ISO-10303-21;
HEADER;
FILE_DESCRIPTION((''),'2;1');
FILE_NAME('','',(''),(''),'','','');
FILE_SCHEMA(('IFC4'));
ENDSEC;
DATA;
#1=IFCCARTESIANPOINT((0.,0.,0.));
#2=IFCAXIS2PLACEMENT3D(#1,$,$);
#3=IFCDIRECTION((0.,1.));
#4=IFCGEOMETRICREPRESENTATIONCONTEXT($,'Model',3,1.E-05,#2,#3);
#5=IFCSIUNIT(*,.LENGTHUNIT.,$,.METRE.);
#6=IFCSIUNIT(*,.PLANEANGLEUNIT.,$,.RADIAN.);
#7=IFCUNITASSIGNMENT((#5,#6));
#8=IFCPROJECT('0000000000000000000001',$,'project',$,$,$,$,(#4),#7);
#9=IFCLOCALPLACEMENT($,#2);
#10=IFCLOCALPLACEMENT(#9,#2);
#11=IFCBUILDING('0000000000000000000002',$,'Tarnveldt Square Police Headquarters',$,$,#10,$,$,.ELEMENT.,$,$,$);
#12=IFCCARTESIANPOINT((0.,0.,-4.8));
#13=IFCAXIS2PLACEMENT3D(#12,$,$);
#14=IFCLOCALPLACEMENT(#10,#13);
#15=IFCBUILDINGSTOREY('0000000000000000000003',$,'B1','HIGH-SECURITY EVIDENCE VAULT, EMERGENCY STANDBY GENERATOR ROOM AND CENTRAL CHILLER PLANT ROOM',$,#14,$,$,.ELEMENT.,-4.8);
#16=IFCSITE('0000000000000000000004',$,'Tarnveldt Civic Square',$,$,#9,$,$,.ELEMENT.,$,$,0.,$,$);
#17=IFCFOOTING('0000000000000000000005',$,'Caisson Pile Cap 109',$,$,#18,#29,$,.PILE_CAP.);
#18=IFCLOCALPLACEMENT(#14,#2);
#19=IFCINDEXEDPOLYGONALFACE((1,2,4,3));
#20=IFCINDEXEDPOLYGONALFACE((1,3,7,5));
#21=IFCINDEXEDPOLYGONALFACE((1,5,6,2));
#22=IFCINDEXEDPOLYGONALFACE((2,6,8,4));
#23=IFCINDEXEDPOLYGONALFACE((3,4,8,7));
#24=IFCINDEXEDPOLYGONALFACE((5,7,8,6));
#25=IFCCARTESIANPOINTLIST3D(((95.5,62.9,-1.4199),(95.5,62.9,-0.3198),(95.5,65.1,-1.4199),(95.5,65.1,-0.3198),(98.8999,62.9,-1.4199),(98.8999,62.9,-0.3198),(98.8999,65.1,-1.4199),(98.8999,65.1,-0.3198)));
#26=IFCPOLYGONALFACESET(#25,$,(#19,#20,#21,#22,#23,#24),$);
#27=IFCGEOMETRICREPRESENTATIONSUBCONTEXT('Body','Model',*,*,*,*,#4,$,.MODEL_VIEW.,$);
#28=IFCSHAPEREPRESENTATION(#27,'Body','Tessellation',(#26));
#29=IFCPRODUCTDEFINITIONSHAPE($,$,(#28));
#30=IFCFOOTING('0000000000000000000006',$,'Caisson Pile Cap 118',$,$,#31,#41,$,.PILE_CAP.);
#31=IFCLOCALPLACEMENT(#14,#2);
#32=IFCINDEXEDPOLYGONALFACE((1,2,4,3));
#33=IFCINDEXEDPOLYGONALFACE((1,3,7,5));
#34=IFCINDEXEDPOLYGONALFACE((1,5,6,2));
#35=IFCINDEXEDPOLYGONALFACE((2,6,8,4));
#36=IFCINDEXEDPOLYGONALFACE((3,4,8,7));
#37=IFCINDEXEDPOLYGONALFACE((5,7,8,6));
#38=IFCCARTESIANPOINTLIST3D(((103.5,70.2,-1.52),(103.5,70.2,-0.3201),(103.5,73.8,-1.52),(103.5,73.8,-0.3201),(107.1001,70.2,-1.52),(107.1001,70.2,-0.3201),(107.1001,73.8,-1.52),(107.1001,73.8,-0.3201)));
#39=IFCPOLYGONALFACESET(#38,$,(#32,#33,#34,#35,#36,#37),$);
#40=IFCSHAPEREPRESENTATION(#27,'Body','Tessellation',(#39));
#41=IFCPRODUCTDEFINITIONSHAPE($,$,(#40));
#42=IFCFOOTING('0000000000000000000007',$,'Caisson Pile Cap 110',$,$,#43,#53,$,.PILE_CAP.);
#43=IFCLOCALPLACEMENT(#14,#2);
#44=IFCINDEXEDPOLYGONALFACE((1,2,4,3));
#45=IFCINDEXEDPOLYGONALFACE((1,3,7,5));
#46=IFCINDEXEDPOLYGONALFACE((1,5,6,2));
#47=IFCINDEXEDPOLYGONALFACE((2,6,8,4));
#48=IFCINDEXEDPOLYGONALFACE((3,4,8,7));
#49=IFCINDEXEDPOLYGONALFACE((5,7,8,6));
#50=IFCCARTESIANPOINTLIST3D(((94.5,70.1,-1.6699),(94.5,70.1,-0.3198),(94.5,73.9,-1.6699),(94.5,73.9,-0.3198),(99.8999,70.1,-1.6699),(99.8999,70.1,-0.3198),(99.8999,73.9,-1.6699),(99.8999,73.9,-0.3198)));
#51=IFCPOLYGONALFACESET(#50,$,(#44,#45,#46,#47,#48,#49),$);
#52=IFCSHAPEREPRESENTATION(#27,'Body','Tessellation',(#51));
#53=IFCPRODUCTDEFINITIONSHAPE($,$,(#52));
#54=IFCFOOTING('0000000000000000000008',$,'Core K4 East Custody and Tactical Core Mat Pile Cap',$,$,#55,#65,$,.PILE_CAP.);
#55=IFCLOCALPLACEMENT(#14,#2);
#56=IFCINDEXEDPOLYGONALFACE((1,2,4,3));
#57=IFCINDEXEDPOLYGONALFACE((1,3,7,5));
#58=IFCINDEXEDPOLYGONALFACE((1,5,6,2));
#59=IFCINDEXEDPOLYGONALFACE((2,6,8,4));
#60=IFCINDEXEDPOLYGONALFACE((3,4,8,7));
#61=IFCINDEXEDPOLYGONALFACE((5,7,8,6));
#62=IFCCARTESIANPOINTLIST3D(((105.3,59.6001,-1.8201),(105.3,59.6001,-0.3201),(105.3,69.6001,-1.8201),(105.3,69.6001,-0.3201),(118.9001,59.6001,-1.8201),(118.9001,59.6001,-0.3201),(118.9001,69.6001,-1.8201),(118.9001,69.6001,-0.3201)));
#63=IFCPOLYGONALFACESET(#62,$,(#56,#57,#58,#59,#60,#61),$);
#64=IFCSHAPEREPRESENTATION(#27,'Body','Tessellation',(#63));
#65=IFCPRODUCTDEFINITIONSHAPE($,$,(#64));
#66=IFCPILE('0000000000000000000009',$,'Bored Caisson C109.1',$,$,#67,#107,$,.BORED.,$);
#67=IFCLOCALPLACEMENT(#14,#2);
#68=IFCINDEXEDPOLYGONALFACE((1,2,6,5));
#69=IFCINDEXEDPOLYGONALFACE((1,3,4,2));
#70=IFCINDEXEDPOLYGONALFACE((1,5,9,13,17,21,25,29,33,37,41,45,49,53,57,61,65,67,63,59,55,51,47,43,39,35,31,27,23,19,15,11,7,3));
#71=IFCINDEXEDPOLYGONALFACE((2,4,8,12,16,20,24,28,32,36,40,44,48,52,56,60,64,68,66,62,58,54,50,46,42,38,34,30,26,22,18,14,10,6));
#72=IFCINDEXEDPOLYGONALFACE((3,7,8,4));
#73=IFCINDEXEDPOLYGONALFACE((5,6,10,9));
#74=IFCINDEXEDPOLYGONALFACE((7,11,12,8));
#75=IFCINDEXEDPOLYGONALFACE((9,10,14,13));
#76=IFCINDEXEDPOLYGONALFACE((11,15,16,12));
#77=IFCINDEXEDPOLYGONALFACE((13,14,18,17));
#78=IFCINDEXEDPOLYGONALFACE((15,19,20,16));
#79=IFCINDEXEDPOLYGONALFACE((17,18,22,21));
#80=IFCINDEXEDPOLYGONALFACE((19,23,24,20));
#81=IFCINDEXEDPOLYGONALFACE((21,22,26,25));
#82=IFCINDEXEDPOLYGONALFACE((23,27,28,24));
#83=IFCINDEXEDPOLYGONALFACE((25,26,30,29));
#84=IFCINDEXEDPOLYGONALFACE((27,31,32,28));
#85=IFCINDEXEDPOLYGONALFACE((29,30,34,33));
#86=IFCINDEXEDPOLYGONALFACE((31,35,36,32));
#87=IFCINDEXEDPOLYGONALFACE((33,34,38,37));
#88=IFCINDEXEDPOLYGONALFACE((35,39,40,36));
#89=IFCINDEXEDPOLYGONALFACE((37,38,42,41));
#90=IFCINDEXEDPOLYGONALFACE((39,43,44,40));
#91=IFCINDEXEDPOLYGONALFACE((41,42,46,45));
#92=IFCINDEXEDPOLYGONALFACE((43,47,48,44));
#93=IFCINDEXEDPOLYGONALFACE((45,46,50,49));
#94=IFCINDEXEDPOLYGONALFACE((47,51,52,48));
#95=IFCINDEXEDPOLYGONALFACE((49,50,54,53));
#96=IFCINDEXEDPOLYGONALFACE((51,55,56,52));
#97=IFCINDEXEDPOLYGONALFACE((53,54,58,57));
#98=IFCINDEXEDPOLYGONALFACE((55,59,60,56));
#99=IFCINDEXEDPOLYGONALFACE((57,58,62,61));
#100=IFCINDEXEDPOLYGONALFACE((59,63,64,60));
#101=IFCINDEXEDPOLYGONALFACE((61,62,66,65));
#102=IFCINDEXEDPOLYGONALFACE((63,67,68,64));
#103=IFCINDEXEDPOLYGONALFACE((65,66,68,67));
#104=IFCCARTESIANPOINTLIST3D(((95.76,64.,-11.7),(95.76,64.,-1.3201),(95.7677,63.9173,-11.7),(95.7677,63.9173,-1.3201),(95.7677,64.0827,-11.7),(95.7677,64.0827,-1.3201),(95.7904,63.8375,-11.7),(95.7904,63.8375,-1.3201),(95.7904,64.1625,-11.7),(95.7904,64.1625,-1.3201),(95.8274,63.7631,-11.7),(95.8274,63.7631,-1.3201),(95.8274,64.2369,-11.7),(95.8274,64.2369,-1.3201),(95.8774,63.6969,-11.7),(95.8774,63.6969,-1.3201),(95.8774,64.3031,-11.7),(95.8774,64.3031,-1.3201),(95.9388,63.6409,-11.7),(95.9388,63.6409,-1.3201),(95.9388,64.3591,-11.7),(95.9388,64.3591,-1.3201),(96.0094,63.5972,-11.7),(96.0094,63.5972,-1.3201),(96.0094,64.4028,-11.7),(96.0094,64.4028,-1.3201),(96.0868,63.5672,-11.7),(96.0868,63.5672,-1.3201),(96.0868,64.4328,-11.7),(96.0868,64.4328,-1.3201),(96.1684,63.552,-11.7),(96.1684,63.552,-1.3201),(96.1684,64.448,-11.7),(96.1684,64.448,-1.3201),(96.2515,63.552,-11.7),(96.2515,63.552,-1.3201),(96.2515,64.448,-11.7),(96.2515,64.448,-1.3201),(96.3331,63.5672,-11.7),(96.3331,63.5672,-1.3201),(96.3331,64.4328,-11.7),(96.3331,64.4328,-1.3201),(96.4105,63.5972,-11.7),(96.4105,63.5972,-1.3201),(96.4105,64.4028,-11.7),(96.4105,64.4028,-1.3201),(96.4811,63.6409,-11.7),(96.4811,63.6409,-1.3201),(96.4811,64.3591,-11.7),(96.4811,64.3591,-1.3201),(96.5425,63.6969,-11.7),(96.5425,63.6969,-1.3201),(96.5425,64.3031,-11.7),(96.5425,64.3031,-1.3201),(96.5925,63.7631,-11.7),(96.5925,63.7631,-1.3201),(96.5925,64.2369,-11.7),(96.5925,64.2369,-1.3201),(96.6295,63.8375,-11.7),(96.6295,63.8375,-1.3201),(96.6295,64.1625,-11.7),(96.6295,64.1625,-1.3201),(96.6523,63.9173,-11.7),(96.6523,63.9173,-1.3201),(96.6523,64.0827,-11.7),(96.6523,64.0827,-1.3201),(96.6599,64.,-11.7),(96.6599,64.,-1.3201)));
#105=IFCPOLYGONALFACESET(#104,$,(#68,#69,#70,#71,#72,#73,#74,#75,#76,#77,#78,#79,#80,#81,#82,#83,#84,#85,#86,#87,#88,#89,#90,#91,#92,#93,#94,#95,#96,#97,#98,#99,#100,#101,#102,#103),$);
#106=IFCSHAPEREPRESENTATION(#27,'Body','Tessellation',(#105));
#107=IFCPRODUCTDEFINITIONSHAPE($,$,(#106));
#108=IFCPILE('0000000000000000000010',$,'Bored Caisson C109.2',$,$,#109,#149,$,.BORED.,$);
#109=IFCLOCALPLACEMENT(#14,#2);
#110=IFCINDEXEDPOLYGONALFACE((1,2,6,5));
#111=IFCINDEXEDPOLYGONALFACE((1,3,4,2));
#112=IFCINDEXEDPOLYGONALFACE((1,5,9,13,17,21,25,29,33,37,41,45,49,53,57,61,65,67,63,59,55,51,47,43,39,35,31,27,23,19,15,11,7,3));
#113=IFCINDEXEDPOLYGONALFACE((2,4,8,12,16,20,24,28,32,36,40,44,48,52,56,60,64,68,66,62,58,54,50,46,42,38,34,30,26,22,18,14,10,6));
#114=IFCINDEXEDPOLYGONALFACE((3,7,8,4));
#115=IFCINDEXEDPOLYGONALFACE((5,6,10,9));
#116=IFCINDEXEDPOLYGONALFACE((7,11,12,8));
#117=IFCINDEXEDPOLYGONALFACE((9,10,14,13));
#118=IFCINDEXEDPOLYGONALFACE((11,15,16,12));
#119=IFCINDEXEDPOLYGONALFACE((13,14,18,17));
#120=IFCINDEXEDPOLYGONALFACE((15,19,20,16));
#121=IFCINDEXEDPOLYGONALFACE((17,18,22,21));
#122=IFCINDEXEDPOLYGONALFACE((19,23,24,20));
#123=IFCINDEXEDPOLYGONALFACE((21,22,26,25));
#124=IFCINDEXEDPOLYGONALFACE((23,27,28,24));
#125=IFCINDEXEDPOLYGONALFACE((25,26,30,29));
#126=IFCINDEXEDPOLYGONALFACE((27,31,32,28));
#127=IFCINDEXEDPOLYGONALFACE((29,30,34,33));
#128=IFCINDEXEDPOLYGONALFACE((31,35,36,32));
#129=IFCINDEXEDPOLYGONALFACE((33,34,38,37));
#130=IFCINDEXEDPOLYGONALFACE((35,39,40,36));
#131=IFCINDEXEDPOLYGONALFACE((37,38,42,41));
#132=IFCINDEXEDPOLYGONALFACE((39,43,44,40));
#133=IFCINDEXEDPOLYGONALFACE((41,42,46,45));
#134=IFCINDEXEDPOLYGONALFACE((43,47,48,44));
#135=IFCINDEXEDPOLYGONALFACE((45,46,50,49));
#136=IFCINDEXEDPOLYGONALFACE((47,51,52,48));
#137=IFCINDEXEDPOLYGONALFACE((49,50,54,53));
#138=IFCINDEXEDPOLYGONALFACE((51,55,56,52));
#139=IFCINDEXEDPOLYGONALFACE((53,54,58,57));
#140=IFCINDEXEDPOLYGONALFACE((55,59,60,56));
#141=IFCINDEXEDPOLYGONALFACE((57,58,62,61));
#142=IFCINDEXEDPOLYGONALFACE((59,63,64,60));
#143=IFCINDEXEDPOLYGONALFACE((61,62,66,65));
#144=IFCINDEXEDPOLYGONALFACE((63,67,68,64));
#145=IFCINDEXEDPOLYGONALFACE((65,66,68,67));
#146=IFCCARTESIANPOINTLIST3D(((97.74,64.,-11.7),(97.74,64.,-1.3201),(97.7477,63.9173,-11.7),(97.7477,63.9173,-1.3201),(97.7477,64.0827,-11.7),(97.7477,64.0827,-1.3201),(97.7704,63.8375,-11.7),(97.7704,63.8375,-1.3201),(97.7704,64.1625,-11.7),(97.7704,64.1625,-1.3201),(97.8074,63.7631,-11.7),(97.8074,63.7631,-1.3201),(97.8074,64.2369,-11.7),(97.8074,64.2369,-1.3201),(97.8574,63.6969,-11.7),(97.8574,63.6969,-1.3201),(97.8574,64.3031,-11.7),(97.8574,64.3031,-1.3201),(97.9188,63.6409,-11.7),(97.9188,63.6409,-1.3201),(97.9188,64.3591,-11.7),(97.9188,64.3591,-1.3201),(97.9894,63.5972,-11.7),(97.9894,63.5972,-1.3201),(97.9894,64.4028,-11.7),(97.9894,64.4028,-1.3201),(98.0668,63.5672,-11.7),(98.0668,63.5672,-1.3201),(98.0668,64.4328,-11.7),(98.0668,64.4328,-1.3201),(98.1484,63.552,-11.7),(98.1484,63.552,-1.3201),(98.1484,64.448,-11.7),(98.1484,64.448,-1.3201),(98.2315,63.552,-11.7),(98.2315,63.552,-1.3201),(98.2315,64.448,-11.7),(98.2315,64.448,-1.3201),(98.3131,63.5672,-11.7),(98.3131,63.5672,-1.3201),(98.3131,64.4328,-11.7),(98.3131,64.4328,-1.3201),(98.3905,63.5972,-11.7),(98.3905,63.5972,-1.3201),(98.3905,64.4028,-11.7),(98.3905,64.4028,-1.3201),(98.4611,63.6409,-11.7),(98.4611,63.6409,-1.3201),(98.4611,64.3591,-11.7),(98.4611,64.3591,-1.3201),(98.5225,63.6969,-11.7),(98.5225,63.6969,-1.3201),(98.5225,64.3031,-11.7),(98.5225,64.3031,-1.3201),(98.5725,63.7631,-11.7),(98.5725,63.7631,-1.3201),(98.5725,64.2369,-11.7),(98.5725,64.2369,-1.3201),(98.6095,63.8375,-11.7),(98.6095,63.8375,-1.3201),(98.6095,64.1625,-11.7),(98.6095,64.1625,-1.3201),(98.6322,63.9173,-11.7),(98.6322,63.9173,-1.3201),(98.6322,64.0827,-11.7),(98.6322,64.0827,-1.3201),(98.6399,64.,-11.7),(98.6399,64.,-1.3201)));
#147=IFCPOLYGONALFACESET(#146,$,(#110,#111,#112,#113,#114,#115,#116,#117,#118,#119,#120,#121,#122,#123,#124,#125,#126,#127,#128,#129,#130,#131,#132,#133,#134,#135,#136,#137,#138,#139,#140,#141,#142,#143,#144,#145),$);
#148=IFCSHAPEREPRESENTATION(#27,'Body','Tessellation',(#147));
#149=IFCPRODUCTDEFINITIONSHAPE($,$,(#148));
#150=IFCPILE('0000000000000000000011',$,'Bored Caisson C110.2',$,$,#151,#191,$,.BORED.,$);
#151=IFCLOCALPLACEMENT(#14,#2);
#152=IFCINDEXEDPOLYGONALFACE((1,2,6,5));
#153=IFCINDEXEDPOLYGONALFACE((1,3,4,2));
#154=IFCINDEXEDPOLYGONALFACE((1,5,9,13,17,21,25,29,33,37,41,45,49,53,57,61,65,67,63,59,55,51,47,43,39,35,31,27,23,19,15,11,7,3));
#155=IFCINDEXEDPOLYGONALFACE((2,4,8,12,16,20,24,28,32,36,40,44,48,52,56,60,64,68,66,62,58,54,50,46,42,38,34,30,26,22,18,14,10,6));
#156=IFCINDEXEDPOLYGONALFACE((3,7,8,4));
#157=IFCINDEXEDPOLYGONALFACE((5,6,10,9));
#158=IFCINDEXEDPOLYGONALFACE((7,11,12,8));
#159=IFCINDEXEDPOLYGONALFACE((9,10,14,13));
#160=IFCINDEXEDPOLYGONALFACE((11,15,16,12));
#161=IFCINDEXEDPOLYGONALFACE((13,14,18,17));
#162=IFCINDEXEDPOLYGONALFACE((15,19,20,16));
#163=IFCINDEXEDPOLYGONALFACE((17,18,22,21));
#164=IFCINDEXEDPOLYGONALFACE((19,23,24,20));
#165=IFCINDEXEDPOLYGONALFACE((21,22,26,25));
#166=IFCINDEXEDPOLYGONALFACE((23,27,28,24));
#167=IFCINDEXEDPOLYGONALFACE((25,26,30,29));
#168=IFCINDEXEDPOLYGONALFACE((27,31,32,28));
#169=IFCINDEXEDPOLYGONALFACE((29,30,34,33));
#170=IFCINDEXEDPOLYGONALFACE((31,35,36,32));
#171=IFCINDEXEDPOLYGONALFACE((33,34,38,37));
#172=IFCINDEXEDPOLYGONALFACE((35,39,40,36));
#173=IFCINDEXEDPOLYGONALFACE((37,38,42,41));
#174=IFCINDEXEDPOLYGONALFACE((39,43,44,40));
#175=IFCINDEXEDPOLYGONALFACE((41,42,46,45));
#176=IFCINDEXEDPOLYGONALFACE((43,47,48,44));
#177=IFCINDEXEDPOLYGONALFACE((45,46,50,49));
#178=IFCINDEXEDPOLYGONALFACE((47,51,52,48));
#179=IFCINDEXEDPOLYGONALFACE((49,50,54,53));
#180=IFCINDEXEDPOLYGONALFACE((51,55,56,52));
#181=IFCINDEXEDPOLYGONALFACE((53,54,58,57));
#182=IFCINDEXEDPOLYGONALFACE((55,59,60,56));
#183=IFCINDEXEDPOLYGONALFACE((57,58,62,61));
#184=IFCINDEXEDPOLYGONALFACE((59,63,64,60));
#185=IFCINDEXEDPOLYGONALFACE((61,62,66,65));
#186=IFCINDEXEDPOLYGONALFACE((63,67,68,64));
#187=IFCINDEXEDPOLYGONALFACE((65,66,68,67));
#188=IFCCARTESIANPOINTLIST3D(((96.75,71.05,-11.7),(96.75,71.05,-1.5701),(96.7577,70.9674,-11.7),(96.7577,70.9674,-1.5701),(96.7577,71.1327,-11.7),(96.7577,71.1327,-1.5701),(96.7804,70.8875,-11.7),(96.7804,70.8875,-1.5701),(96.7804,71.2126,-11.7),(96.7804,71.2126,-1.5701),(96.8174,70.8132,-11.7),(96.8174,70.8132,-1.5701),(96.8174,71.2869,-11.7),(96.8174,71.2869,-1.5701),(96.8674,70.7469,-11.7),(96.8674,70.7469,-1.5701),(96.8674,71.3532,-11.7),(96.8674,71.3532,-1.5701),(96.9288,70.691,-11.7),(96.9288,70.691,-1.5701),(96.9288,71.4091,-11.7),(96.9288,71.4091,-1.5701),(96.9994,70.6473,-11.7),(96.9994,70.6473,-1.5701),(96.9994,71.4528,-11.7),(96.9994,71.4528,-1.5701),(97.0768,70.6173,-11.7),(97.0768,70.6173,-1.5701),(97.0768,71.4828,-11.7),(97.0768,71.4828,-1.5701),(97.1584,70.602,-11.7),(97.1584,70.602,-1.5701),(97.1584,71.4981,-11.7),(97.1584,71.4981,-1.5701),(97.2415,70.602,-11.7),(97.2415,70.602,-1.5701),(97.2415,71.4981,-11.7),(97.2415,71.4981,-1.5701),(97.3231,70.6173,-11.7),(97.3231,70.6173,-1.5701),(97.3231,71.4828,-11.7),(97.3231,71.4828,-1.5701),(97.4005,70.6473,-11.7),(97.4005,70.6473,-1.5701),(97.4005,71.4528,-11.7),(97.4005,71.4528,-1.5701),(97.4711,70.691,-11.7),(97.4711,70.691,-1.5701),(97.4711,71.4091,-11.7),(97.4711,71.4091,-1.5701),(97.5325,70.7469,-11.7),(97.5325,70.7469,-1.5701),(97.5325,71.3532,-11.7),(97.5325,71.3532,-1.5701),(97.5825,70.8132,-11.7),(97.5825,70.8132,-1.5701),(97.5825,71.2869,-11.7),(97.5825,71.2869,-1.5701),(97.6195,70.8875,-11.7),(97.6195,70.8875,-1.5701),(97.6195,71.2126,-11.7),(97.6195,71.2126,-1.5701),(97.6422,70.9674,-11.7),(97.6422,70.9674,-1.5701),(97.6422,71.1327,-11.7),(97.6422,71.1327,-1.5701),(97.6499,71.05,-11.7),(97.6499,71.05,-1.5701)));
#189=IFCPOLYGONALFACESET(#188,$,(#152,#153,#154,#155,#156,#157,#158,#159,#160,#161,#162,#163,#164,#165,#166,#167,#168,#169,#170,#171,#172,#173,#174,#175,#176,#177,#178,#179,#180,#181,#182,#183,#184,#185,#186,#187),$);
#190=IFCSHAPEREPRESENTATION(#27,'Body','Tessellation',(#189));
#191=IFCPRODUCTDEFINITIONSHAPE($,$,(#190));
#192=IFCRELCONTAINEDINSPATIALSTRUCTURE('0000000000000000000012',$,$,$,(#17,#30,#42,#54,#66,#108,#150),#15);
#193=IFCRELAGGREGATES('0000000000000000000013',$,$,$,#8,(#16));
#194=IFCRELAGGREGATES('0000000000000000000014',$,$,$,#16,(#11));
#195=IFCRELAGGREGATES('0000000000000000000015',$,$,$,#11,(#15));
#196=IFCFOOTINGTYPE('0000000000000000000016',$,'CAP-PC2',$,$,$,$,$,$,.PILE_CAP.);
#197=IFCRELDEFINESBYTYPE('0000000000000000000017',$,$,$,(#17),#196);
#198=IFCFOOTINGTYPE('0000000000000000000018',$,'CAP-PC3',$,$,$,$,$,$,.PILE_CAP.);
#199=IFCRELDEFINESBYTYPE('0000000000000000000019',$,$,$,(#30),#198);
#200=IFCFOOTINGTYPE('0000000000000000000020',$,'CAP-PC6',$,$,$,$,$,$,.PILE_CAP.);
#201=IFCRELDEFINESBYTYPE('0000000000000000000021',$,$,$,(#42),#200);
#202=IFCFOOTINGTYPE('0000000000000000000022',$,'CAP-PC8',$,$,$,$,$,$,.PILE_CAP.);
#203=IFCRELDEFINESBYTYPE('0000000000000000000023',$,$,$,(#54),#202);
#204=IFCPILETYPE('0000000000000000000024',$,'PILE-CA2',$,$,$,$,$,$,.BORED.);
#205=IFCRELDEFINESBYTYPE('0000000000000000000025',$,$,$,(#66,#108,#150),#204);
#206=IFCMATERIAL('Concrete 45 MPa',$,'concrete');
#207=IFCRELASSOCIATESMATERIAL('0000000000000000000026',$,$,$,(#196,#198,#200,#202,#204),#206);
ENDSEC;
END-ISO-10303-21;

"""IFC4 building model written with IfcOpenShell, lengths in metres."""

from ifc_helpers import new_model, si_unit, direction, frame, origin, origin_2d, place, context, subcontext, project, spatial, rectangle, circle, extrude, material, material_profile, profile_set, type_object, element, save


model = new_model("IFC4")

# Units and contexts
model_context = context("Model", 3, precision=1e-05, world=origin(), true_north=direction((0.0, 1.0)))
body_context = subcontext(model_context, "Body", "Model", "MODEL_VIEW")
ifc_project = project(units=[si_unit("LENGTHUNIT", "METRE"), si_unit("PLANEANGLEUNIT", "RADIAN")], contexts=[model_context])

# Site, building, storey
site_placement = place(None, origin())
site = spatial("IfcSite", under=ifc_project, at=site_placement, Name="Tarnveldt Civic Square", CompositionType="ELEMENT", RefElevation=0.0)
building_placement = place(site_placement, origin())
building = spatial("IfcBuilding", under=site, at=building_placement, Name="Tarnveldt Square Police Headquarters", CompositionType="ELEMENT")
storey_placement = place(building_placement, frame((0.0, 0.0, -4.8)))
storey = spatial("IfcBuildingStorey", under=building, at=storey_placement, Name="B1", Description="HIGH-SECURITY EVIDENCE VAULT, EMERGENCY STANDBY GENERATOR ROOM AND CENTRAL CHILLER PLANT ROOM", CompositionType="ELEMENT", Elevation=-4.8)

# Footings
ifc_material_1 = material(Name="Concrete 45 MPa", Category="concrete")
footing_type_1 = type_object("IfcFootingType", Name="CAP-PC2", PredefinedType="PILE_CAP", material=ifc_material_1)
footing_1_placement = place(storey_placement, frame((97.2, 64.0, -1.4199), z_axis=(0.0, 0.0, 1.0), x_axis=(1.0, 0.0, 0.0)))
element("IfcFooting", 1, at=footing_1_placement, inside=storey, type_object=footing_type_1, Name="Caisson Pile Cap 109", PredefinedType="PILE_CAP", context=body_context, shape_type="SweptSolid", body=[
    extrude(rectangle(XDim=3.3999, YDim=2.2, at=origin_2d()), origin(), (0.0, 0.0, 1.0), 1.1001),
])
footing_type_2 = type_object("IfcFootingType", Name="CAP-PC3", PredefinedType="PILE_CAP", material=ifc_material_1)
footing_2_placement = place(storey_placement, frame((105.3, 72.0, -1.52), z_axis=(0.0, 0.0, 1.0), x_axis=(1.0, 0.0, 0.0)))
element("IfcFooting", 2, at=footing_2_placement, inside=storey, type_object=footing_type_2, Name="Caisson Pile Cap 118", PredefinedType="PILE_CAP", context=body_context, shape_type="SweptSolid", body=[
    extrude(rectangle(XDim=3.6001, YDim=3.6001, at=origin_2d()), origin(), (0.0, 0.0, 1.0), 1.2),
])
footing_type_3 = type_object("IfcFootingType", Name="CAP-PC6", PredefinedType="PILE_CAP", material=ifc_material_1)
footing_3_placement = place(storey_placement, frame((97.2, 72.0, -1.6699), z_axis=(0.0, 0.0, 1.0), x_axis=(1.0, 0.0, 0.0)))
element("IfcFooting", 3, at=footing_3_placement, inside=storey, type_object=footing_type_3, Name="Caisson Pile Cap 110", PredefinedType="PILE_CAP", context=body_context, shape_type="SweptSolid", body=[
    extrude(rectangle(XDim=5.3999, YDim=3.8, at=origin_2d()), origin(), (0.0, 0.0, 1.0), 1.3501),
])
footing_type_4 = type_object("IfcFootingType", Name="CAP-PC8", PredefinedType="PILE_CAP", material=ifc_material_1)
footing_4_placement = place(storey_placement, frame((112.1001, 64.6001, -1.8201), z_axis=(0.0, 0.0, 1.0), x_axis=(1.0, 0.0, 0.0)))
element("IfcFooting", 4, at=footing_4_placement, inside=storey, type_object=footing_type_4, Name="Core K4 East Custody and Tactical Core Mat Pile Cap", PredefinedType="PILE_CAP", context=body_context, shape_type="SweptSolid", body=[
    extrude(rectangle(XDim=13.6001, YDim=10.0, at=origin_2d()), origin(), (0.0, 0.0, 1.0), 1.5),
])

# Piles
ifc_material_profile_1 = material_profile(ifc_material_1, circle(Radius=0.45, at=origin_2d()), Name="CAISSON-D900")
ifc_profile_set_1 = profile_set([ifc_material_profile_1], Name="Concrete 45 MPa")
pile_type_1 = type_object("IfcPileType", Name="PILE-CA2", PredefinedType="BORED", material=ifc_profile_set_1)
for number, where, z_axis, x_axis, name in (
    (5, (96.21, 64.0, -1.3201), (0.0, 0.0, -1.0), (1.0, 0.0, 0.0), "Bored Caisson C109.1"),
    (6, (98.1899, 64.0, -1.3201), (0.0, 0.0, -1.0), (1.0, 0.0, 0.0), "Bored Caisson C109.2"),
):
    element("IfcPile", number, at=place(storey_placement, frame(where, z_axis=z_axis, x_axis=x_axis)), inside=storey, type_object=pile_type_1, Name=name, PredefinedType="BORED", context=body_context, shape_type="SweptSolid", body=[
        extrude(circle(Radius=0.45, at=origin_2d()), origin(), (0.0, 0.0, 1.0), 10.3799),
    ])
for number, where, z_axis, x_axis, name in (
    (7, (97.2, 71.05, -1.5701), (0.0, 0.0, -1.0), (1.0, 0.0, 0.0), "Bored Caisson C110.2"),
):
    element("IfcPile", number, at=place(storey_placement, frame(where, z_axis=z_axis, x_axis=x_axis)), inside=storey, type_object=pile_type_1, Name=name, PredefinedType="BORED", context=body_context, shape_type="SweptSolid", body=[
        extrude(circle(Radius=0.45, at=origin_2d()), origin(), (0.0, 0.0, 1.0), 10.1299),
    ])

save(model, "model.ifc")
